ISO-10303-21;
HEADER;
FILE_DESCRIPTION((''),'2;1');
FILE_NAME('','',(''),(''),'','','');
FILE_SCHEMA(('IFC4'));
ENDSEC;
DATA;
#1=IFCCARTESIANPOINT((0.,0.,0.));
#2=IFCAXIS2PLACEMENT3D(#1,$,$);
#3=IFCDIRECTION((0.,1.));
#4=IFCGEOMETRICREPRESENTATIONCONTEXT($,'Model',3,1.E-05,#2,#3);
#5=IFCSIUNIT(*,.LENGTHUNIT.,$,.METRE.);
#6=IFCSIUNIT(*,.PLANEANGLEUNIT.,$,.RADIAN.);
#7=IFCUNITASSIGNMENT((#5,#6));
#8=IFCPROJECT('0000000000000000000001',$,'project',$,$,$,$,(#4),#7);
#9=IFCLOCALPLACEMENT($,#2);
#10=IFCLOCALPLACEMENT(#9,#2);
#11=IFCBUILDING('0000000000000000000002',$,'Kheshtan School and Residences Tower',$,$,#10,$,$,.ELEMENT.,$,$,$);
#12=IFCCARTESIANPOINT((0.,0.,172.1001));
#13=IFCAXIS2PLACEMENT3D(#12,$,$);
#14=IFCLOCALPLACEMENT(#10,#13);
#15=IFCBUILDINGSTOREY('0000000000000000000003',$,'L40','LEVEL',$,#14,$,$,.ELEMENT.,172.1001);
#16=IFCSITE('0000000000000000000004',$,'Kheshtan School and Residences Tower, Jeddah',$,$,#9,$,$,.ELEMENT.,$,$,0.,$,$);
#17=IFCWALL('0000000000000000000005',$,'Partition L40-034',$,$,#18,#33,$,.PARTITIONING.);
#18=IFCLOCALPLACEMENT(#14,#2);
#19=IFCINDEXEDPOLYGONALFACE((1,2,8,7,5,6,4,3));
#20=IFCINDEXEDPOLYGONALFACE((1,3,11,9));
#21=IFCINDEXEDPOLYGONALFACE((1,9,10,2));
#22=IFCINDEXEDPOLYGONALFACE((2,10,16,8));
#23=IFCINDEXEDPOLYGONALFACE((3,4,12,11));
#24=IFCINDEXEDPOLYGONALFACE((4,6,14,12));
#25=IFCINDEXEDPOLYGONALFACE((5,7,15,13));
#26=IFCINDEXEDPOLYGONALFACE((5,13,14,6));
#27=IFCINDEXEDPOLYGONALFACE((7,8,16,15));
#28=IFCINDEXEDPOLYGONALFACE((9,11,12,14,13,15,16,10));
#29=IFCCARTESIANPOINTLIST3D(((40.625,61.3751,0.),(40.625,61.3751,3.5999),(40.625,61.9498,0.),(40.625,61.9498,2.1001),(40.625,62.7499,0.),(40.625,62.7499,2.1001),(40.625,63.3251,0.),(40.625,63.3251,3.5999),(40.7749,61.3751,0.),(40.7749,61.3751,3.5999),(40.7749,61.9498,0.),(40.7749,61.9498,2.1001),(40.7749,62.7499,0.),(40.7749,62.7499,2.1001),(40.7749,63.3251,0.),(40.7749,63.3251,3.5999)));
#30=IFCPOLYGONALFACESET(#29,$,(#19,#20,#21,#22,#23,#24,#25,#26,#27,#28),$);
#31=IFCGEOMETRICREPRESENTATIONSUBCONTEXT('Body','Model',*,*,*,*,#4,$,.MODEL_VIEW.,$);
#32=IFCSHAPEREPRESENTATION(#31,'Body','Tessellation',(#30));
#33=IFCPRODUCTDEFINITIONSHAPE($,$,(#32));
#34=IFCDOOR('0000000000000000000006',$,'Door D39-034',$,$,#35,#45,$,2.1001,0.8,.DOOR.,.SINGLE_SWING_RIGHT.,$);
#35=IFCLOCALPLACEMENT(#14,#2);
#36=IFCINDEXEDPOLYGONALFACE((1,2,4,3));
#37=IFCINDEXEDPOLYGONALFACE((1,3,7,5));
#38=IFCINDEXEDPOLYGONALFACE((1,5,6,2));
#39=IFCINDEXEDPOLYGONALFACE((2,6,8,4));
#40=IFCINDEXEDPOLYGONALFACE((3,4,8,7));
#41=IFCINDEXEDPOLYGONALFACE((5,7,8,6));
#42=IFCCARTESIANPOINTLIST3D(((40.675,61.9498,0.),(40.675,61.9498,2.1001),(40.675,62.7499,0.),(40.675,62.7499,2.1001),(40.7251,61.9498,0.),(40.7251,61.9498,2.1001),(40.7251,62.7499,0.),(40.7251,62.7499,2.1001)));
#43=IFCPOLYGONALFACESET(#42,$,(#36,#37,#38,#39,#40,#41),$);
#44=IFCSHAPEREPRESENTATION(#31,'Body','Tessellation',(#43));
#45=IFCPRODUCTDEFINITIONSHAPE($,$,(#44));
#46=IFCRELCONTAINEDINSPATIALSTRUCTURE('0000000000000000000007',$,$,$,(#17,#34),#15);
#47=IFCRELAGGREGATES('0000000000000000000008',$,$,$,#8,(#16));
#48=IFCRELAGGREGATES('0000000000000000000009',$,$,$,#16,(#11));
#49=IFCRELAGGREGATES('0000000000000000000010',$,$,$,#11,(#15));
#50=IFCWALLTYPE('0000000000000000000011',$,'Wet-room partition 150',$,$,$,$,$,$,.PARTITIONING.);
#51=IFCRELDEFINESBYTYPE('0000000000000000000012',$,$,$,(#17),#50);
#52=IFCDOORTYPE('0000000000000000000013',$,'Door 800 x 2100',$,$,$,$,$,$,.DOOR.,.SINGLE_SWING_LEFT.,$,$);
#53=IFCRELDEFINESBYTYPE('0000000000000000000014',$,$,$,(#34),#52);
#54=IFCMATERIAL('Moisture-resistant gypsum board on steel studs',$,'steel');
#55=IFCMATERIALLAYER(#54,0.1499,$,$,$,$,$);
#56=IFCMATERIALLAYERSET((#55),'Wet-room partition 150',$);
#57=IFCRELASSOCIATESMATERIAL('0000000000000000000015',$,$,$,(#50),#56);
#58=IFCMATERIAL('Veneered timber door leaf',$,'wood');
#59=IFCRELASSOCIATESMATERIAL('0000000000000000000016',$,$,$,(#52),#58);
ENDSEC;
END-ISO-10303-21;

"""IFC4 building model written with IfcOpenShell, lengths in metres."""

from ifc_helpers import new_model, si_unit, direction, frame, frame_2d, origin, place, context, subcontext, project, spatial, rectangle, extrude, source, transform, mapped, material, layer, layer_set, type_object, element, fill, save


model = new_model("IFC4")

# Units and contexts
model_context = context("Model", 3, precision=1e-05, world=origin(), true_north=direction((0.0, 1.0)))
body_context = subcontext(model_context, "Body", "Model", "MODEL_VIEW")
ifc_project = project(units=[si_unit("LENGTHUNIT", "METRE"), si_unit("PLANEANGLEUNIT", "RADIAN")], contexts=[model_context])

# Site, building, storey
site_placement = place(None, origin())
site = spatial("IfcSite", under=ifc_project, at=site_placement, Name="Kheshtan School and Residences Tower, Jeddah", CompositionType="ELEMENT", RefElevation=0.0)
building_placement = place(site_placement, origin())
building = spatial("IfcBuilding", under=site, at=building_placement, Name="Kheshtan School and Residences Tower", CompositionType="ELEMENT")
storey_placement = place(building_placement, frame((0.0, 0.0, 172.1001)))
storey = spatial("IfcBuildingStorey", under=building, at=storey_placement, Name="L40", Description="LEVEL", CompositionType="ELEMENT", Elevation=172.1001)

# Shared definitions
ifc_material_1 = material(Name="Moisture-resistant gypsum board on steel studs", Category="steel")
ifc_layer_1 = layer(ifc_material_1, 0.1499)
ifc_layer_set_1 = layer_set([ifc_layer_1], Name="Wet-room partition 150")
wall_type_1 = type_object("IfcWallType", Name="Wet-room partition 150", PredefinedType="PARTITIONING", material=ifc_layer_set_1)

# Shared definitions
ifc_material_2 = material(Name="Veneered timber door leaf", Category="wood")
door_type_1 = type_object("IfcDoorType", Name="Door 800 x 2100", OperationType="SINGLE_SWING_LEFT", PredefinedType="DOOR", material=ifc_material_2)
shared_shape_1 = source(origin(), body_context, "Body", "SweptSolid", [
    extrude(rectangle(XDim=0.8, YDim=2.1001, at=frame_2d((0.3999, 1.05))), frame((0.0, 0.0249, 0.0), z_axis=(0.0, -1.0, 0.0), x_axis=(1.0, 0.0, 0.0)), (0.0, 0.0, 1.0), 0.05),
])

# Wall, opening, door
wall_1_placement = place(storey_placement, frame((40.7, 61.375, 0.0), z_axis=(0.0, 0.0, 1.0), x_axis=(0.0, 1.0, 0.0)))
wall_1 = element("IfcWall", 1, at=wall_1_placement, inside=storey, type_object=wall_type_1, Name="Partition L40-034", PredefinedType="PARTITIONING", context=body_context, shape_type="SweptSolid", body=[
    extrude(rectangle(XDim=1.95, YDim=0.1499, at=frame_2d((0.9751, 0.0))), origin(), (0.0, 0.0, 1.0), 3.5999),
])
opening_1_placement = place(wall_1_placement, frame((0.575, 0.0, 0.0)))
opening_1 = element("IfcOpeningElement", 2, at=opening_1_placement, cuts=wall_1, PredefinedType="OPENING", context=body_context, shape_type="SweptSolid", body=[
    extrude(rectangle(XDim=0.8, YDim=2.1001, at=frame_2d((0.3999, 1.05))), frame((0.0, 0.085, 0.0), z_axis=(0.0, -1.0, 0.0), x_axis=(1.0, 0.0, 0.0)), (0.0, 0.0, 1.0), 0.1699),
])
door_1_placement = place(opening_1_placement, origin())
door_1 = element("IfcDoor", 3, at=door_1_placement, inside=storey, type_object=door_type_1, Name="Door D39-034", OperationType="SINGLE_SWING_RIGHT", OverallHeight=2.1001, OverallWidth=0.8, PredefinedType="DOOR", context=body_context, shape_type="MappedRepresentation", body=[
    mapped(shared_shape_1, transform((0.0, 0.0, 0.0), x_axis=(1.0, 0.0, 0.0), y_axis=(0.0, 1.0, 0.0), z_axis=(0.0, 0.0, 1.0), scale=1.0)),
])
fill(opening_1, door_1)

save(model, "model.ifc")
